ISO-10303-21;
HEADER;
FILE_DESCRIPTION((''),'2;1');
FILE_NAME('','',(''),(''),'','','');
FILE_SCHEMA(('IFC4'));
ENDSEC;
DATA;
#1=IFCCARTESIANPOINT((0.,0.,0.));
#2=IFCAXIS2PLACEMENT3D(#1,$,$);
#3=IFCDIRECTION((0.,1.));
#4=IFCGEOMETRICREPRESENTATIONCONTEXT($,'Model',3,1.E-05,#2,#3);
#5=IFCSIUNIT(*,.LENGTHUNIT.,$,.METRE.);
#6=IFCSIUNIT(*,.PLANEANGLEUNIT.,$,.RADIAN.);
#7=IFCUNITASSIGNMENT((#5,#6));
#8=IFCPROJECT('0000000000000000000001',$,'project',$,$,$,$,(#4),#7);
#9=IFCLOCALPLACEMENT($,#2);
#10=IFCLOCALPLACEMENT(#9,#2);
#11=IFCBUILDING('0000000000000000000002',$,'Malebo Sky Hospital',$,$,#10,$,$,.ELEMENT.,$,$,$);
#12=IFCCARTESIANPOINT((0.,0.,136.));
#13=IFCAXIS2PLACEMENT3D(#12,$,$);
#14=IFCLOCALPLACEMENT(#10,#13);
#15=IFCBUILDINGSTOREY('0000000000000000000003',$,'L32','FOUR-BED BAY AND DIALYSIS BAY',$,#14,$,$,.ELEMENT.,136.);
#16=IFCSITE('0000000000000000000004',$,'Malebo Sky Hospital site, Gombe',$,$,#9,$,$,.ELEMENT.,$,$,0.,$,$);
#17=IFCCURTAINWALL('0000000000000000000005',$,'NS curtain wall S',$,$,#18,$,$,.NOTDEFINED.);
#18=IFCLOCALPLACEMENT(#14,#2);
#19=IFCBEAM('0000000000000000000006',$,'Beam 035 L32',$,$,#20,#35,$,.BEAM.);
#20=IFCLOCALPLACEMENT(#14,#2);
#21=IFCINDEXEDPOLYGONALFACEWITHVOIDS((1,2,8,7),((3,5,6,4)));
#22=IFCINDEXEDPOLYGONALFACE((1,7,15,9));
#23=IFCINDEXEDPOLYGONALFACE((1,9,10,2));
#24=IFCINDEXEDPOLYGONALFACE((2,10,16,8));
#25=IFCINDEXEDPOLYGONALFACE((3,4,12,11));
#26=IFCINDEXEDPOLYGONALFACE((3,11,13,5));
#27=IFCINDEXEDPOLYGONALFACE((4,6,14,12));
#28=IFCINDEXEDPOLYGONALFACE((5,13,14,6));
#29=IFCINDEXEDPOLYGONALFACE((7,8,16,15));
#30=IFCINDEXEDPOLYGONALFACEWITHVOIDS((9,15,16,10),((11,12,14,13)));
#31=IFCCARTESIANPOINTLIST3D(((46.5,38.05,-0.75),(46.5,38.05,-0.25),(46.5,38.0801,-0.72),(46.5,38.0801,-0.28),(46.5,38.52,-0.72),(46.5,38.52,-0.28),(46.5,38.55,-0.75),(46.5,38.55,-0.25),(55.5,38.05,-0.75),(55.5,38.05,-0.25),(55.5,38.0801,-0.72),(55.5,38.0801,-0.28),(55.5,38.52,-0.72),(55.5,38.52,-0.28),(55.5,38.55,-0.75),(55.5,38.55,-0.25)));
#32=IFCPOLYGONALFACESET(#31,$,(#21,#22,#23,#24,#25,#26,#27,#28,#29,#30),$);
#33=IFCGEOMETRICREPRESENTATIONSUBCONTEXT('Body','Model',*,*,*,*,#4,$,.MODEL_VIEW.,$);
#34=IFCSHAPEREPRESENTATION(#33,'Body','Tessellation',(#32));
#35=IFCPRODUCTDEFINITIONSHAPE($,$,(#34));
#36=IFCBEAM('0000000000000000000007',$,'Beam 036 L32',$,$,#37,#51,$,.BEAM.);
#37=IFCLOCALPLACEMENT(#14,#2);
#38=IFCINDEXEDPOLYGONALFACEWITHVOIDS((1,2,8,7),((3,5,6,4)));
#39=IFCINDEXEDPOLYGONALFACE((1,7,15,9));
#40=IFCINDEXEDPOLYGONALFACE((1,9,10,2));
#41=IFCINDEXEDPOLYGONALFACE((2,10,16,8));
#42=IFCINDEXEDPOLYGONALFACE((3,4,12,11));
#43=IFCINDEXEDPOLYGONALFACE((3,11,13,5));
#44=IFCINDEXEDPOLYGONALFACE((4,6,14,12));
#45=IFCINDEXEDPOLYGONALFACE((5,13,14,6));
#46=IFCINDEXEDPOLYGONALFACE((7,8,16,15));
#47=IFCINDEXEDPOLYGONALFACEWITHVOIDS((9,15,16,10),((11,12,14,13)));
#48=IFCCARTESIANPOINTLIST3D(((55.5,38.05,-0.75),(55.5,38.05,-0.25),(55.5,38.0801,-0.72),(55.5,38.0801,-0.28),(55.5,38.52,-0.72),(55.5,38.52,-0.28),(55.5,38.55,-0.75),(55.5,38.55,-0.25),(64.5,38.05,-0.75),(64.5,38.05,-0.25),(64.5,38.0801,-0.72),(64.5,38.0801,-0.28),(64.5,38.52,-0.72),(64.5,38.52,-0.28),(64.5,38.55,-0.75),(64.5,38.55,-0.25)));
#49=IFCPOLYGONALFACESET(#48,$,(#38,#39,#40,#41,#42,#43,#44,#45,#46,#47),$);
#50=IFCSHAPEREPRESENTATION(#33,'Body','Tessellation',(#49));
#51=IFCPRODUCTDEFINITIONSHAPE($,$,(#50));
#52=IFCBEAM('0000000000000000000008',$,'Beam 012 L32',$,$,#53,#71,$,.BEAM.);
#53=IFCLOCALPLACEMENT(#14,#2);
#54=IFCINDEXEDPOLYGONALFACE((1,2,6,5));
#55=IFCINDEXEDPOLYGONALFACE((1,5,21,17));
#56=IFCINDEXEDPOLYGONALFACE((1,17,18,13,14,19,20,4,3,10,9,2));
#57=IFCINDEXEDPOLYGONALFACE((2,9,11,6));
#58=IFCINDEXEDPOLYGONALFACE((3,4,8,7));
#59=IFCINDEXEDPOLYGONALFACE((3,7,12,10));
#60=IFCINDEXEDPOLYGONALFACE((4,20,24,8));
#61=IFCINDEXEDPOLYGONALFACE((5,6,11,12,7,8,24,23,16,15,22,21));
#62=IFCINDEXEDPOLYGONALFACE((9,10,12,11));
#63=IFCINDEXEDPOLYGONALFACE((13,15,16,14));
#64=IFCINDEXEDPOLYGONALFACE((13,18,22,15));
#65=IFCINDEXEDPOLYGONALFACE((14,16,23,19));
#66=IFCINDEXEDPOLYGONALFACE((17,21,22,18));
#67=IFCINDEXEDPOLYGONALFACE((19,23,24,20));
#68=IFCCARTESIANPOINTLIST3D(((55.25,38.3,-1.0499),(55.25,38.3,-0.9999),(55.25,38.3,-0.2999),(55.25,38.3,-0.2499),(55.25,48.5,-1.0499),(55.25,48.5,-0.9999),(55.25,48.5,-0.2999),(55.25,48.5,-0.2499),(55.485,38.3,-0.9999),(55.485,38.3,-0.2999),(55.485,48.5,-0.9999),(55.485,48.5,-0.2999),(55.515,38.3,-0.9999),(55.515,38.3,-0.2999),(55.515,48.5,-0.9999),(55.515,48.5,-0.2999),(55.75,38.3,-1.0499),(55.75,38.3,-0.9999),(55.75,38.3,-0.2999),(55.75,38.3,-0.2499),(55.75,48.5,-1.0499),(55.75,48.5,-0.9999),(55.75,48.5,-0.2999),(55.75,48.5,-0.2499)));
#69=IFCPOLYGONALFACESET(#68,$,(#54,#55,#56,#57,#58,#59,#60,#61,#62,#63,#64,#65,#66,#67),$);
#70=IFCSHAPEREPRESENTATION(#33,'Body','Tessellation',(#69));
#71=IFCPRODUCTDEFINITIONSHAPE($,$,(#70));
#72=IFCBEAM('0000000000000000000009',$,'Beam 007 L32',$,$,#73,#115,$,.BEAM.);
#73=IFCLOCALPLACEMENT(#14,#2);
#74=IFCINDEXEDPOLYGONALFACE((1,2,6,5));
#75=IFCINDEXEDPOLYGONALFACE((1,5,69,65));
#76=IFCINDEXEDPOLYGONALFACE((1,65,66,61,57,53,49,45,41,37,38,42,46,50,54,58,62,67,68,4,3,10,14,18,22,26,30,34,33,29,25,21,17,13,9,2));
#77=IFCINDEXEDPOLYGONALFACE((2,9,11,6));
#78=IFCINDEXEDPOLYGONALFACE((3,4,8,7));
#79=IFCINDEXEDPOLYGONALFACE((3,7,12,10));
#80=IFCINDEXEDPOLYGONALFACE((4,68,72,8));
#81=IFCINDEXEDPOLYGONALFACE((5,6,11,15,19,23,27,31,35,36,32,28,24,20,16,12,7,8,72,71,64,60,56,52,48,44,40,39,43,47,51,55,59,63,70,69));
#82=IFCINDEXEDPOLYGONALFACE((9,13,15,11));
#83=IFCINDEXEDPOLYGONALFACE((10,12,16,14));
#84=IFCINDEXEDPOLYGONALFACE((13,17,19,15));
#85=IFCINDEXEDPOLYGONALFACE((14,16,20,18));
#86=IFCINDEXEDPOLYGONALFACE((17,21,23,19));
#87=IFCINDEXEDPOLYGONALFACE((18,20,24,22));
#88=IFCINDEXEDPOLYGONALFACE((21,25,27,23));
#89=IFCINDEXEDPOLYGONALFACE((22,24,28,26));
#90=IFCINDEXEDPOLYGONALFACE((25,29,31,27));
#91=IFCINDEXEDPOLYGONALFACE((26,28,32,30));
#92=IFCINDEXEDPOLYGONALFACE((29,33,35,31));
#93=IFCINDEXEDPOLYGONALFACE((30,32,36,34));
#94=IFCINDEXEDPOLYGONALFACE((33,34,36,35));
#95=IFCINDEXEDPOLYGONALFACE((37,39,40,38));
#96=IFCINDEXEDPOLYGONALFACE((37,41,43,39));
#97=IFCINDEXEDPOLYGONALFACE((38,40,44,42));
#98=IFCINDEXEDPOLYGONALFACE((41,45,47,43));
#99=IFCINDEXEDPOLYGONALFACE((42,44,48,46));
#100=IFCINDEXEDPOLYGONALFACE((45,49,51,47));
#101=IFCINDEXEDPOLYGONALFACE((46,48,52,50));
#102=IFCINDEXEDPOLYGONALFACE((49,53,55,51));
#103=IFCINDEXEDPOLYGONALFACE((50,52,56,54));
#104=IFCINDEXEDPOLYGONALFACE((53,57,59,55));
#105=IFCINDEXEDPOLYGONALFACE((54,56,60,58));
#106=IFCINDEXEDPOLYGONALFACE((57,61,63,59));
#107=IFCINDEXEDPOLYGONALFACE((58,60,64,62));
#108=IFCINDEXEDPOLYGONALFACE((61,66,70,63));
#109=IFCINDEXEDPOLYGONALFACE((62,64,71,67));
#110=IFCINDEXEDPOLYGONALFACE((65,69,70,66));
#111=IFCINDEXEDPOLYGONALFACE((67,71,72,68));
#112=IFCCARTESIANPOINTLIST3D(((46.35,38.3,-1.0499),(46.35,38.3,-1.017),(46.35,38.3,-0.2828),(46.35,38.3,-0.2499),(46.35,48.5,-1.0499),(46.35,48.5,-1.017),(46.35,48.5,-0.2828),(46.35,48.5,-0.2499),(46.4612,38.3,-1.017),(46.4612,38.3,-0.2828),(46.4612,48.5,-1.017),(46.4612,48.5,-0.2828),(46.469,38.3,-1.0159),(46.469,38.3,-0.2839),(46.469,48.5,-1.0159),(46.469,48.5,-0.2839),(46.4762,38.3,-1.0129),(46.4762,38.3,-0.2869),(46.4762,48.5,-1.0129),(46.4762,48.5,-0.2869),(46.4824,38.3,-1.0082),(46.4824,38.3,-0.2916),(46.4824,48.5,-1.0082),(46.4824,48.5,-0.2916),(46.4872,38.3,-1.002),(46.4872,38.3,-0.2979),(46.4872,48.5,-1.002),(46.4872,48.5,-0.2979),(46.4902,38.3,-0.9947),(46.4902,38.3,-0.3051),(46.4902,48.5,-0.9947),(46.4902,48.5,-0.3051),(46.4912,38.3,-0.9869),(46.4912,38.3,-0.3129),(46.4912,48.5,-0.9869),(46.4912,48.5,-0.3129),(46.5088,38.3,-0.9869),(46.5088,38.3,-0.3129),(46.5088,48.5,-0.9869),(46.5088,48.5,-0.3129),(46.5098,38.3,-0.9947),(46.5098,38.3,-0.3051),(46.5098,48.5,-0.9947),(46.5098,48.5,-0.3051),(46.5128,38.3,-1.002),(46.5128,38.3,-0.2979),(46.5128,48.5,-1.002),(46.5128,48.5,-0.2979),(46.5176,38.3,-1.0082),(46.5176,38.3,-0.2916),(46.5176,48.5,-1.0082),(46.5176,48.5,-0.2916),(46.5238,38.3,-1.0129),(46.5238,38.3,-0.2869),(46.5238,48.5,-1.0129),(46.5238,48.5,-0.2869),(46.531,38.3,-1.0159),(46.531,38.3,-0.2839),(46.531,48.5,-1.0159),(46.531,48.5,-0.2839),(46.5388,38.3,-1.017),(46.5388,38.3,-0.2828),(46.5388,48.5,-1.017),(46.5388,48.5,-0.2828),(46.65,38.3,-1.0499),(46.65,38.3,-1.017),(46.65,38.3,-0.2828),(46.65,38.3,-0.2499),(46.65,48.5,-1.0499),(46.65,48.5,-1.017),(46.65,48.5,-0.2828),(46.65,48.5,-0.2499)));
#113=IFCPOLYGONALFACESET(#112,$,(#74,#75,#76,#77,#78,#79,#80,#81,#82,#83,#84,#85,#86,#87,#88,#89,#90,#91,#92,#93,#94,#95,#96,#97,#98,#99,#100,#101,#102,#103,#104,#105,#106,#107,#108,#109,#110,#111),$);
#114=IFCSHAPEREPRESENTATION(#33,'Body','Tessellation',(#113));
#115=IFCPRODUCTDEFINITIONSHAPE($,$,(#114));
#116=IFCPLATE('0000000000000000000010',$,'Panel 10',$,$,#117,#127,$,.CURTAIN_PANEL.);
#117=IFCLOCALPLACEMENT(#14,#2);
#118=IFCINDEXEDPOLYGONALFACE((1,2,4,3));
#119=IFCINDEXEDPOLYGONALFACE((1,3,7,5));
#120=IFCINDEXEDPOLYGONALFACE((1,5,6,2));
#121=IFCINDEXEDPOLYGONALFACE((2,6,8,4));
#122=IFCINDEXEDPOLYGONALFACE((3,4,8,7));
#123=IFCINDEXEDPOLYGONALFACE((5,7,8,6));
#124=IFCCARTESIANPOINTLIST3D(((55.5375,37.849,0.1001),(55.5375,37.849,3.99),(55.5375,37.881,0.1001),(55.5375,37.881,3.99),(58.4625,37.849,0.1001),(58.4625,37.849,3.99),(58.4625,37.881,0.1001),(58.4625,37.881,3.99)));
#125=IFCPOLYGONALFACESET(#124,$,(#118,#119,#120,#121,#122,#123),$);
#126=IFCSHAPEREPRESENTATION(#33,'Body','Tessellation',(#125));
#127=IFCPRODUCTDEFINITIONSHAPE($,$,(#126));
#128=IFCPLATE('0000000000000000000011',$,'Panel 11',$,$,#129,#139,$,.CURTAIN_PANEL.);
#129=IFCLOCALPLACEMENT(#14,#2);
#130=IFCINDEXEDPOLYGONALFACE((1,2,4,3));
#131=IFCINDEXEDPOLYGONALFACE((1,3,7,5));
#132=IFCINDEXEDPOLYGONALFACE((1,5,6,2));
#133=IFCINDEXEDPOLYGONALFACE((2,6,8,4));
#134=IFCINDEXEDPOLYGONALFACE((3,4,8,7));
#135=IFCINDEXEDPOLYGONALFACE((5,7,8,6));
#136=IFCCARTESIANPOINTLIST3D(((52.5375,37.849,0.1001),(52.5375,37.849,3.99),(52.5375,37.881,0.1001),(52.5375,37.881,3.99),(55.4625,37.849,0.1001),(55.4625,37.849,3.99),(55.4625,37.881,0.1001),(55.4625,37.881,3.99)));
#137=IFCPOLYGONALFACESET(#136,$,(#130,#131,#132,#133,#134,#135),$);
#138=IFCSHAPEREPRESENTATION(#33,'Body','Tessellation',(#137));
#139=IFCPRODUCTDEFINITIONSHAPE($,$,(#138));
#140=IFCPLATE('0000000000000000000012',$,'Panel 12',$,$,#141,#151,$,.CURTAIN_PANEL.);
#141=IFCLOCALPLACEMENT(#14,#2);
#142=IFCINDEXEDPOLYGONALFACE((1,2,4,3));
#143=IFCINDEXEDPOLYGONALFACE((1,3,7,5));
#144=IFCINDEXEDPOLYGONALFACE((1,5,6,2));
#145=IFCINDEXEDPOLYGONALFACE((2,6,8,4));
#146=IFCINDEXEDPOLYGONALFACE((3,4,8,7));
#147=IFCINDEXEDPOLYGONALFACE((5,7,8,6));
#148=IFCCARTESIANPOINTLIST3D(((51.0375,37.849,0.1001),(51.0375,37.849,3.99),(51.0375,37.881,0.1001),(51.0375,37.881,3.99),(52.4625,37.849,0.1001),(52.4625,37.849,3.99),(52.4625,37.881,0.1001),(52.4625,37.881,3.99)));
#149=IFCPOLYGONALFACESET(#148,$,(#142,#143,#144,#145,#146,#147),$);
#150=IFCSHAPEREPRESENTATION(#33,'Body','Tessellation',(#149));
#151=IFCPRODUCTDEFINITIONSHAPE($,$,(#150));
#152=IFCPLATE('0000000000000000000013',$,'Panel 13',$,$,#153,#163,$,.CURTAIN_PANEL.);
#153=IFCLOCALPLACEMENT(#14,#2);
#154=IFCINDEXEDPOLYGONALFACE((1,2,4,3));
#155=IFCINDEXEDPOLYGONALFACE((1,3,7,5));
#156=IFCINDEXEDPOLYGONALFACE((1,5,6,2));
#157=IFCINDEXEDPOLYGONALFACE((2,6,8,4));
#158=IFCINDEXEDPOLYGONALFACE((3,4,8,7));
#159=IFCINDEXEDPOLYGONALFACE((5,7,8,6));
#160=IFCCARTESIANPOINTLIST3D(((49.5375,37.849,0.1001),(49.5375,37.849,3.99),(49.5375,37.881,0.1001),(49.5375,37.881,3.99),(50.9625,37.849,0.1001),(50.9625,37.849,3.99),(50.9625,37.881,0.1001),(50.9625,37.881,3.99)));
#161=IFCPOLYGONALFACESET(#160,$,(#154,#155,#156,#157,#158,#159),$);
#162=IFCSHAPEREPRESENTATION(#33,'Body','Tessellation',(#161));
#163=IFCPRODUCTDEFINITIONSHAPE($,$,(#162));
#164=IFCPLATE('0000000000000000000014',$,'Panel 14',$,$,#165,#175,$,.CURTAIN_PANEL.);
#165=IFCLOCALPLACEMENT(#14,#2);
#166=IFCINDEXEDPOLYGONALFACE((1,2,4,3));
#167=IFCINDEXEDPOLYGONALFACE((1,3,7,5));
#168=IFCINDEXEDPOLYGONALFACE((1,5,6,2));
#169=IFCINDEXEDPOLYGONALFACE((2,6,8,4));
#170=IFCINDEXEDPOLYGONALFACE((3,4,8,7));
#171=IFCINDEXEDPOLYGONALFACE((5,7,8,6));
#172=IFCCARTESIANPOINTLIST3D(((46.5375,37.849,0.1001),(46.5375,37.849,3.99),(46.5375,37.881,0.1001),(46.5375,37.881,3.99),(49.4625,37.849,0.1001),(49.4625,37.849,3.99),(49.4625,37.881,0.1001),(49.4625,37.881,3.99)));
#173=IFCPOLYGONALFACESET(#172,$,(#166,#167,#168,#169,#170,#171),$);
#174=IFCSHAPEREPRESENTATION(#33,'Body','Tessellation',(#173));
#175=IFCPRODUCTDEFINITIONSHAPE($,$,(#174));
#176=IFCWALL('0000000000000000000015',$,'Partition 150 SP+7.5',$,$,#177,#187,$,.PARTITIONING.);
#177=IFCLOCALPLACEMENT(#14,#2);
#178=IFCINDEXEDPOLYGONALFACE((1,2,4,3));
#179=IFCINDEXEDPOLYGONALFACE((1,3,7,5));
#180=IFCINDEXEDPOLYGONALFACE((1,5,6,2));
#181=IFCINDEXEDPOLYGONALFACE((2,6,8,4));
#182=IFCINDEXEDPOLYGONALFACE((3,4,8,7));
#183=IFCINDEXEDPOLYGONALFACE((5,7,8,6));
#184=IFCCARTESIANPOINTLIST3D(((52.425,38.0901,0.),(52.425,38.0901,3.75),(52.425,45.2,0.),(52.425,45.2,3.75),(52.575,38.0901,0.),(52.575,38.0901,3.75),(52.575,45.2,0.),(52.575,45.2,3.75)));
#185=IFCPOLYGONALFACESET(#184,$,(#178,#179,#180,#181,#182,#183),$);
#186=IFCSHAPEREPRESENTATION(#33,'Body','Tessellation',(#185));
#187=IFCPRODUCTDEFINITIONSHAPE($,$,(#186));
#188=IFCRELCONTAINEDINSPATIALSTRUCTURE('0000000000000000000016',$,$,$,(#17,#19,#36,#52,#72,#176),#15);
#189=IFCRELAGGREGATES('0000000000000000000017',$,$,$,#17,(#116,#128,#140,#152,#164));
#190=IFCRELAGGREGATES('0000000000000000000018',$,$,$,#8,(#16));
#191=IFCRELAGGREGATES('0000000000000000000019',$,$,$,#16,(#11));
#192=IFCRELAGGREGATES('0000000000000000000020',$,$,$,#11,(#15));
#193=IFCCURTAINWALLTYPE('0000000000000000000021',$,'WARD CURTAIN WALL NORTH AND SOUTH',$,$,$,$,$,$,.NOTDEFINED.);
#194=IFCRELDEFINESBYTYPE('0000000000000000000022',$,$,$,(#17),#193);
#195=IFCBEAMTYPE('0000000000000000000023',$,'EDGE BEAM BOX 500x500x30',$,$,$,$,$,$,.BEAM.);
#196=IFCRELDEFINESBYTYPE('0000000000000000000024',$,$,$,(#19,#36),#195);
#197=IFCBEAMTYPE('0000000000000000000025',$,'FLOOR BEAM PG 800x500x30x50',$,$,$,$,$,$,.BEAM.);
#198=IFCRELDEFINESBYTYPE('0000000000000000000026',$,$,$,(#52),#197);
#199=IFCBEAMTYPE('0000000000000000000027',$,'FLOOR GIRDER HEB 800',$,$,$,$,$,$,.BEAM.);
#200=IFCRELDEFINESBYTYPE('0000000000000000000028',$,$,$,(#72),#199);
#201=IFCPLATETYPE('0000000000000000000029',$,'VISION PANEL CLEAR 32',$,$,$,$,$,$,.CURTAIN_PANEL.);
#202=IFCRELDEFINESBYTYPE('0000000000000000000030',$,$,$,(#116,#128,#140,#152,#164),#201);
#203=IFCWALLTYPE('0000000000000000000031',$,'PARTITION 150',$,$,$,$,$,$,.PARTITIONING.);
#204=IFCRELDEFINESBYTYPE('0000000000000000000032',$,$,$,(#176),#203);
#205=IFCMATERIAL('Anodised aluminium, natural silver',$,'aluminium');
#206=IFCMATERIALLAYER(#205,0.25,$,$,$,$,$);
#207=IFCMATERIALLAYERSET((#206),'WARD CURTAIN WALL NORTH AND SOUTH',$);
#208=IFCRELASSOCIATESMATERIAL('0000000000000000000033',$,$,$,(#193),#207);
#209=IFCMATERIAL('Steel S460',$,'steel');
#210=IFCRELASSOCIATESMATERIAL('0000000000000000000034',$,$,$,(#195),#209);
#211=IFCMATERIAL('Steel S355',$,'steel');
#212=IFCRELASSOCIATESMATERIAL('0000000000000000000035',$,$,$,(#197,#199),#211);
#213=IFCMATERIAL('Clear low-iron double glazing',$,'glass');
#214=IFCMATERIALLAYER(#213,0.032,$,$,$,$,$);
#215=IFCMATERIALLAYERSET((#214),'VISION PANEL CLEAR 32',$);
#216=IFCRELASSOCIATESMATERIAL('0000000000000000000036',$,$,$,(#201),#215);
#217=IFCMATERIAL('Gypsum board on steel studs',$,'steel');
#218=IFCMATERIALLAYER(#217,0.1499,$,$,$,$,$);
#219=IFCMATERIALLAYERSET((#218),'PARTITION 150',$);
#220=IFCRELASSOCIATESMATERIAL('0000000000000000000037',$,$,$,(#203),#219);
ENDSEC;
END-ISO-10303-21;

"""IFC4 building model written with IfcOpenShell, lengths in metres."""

from ifc_helpers import new_model, si_unit, direction, frame, frame_2d, origin, origin_2d, place, context, subcontext, project, spatial, rectangle, hollow_rectangle, i_section, extrude, material, layer, layer_set, material_profile, profile_set, type_object, element, aggregate, save


model = new_model("IFC4")

# Units and contexts
model_context = context("Model", 3, precision=1e-05, world=origin(), true_north=direction((0.0, 1.0)))
body_context = subcontext(model_context, "Body", "Model", "MODEL_VIEW")
ifc_project = project(units=[si_unit("LENGTHUNIT", "METRE"), si_unit("PLANEANGLEUNIT", "RADIAN")], contexts=[model_context])

# Site, building, storey
site_placement = place(None, origin())
site = spatial("IfcSite", under=ifc_project, at=site_placement, Name="Malebo Sky Hospital site, Gombe", CompositionType="ELEMENT", RefElevation=0.0)
building_placement = place(site_placement, origin())
building = spatial("IfcBuilding", under=site, at=building_placement, Name="Malebo Sky Hospital", CompositionType="ELEMENT")
storey_placement = place(building_placement, frame((0.0, 0.0, 136.0)))
storey = spatial("IfcBuildingStorey", under=building, at=storey_placement, Name="L32", Description="FOUR-BED BAY AND DIALYSIS BAY", CompositionType="ELEMENT", Elevation=136.0)

# Shared definitions
ifc_material_1 = material(Name="Steel S460", Category="steel")

# Curtain wall
ifc_material_2 = material(Name="Anodised aluminium, natural silver", Category="aluminium")
ifc_layer_1 = layer(ifc_material_2, 0.25)
ifc_layer_set_1 = layer_set([ifc_layer_1], Name="WARD CURTAIN WALL NORTH AND SOUTH")
curtain_wall_type = type_object("IfcCurtainWallType", Name="WARD CURTAIN WALL NORTH AND SOUTH", PredefinedType="NOTDEFINED", material=ifc_layer_set_1)
curtain_wall_placement = place(storey_placement, origin())
curtain_wall = element("IfcCurtainWall", 1, at=curtain_wall_placement, inside=storey, type_object=curtain_wall_type, Name="NS curtain wall S", PredefinedType="NOTDEFINED")

# Beams
ifc_material_profile_1 = material_profile(ifc_material_1, hollow_rectangle(XDim=0.5, YDim=0.5, WallThickness=0.03, at=origin_2d()), Name="BOX 500x500x30")
ifc_profile_set_1 = profile_set([ifc_material_profile_1], Name="Steel S460")
beam_type_1 = type_object("IfcBeamType", Name="EDGE BEAM BOX 500x500x30", PredefinedType="BEAM", material=ifc_profile_set_1)
for number, where, z_axis, x_axis, name in (
    (2, (46.5, 38.3, -0.5), (1.0, 0.0, 0.0), (0.0, 1.0, 0.0), "Beam 035 L32"),
    (3, (55.5, 38.3, -0.5), (1.0, 0.0, 0.0), (0.0, 1.0, 0.0), "Beam 036 L32"),
):
    element("IfcBeam", number, at=place(storey_placement, frame(where, z_axis=z_axis, x_axis=x_axis)), inside=storey, type_object=beam_type_1, Name=name, PredefinedType="BEAM", context=body_context, shape_type="SweptSolid", body=[
        extrude(hollow_rectangle(XDim=0.5, YDim=0.5, WallThickness=0.03, at=origin_2d()), origin(), (0.0, 0.0, 1.0), 9.0),
    ])
ifc_material_3 = material(Name="Steel S355", Category="steel")
ifc_material_profile_2 = material_profile(ifc_material_3, i_section(OverallWidth=0.5, OverallDepth=0.8, WebThickness=0.03, FlangeThickness=0.05, at=origin_2d()), Name="PG 800x500x30x50")
ifc_profile_set_2 = profile_set([ifc_material_profile_2], Name="Steel S355")
beam_type_2 = type_object("IfcBeamType", Name="FLOOR BEAM PG 800x500x30x50", PredefinedType="BEAM", material=ifc_profile_set_2)
beam_1_placement = place(storey_placement, frame((55.5, 38.3, -0.6499), z_axis=(0.0, 1.0, 0.0), x_axis=(-1.0, 0.0, 0.0)))
element("IfcBeam", 4, at=beam_1_placement, inside=storey, type_object=beam_type_2, Name="Beam 012 L32", PredefinedType="BEAM", context=body_context, shape_type="SweptSolid", body=[
    extrude(i_section(OverallWidth=0.5, OverallDepth=0.8, WebThickness=0.03, FlangeThickness=0.05, at=origin_2d()), origin(), (0.0, 0.0, 1.0), 10.2),
])
ifc_material_profile_3 = material_profile(ifc_material_3, i_section(OverallWidth=0.3, OverallDepth=0.8, WebThickness=0.0176, FlangeThickness=0.033, FilletRadius=0.03, at=origin_2d()), Name="HEB 800")
ifc_profile_set_3 = profile_set([ifc_material_profile_3], Name="Steel S355")
beam_type_3 = type_object("IfcBeamType", Name="FLOOR GIRDER HEB 800", PredefinedType="BEAM", material=ifc_profile_set_3)
beam_2_placement = place(storey_placement, frame((46.5, 38.3, -0.6499), z_axis=(0.0, 1.0, 0.0), x_axis=(-1.0, 0.0, 0.0)))
element("IfcBeam", 5, at=beam_2_placement, inside=storey, type_object=beam_type_3, Name="Beam 007 L32", PredefinedType="BEAM", context=body_context, shape_type="SweptSolid", body=[
    extrude(i_section(OverallWidth=0.3, OverallDepth=0.8, WebThickness=0.0176, FlangeThickness=0.033, FilletRadius=0.03, at=origin_2d()), origin(), (0.0, 0.0, 1.0), 10.2),
])

# Plates
ifc_material_4 = material(Name="Clear low-iron double glazing", Category="glass")
ifc_layer_2 = layer(ifc_material_4, 0.032)
ifc_layer_set_2 = layer_set([ifc_layer_2], Name="VISION PANEL CLEAR 32")
plate_type = type_object("IfcPlateType", Name="VISION PANEL CLEAR 32", PredefinedType="CURTAIN_PANEL", material=ifc_layer_set_2)
plate_1_placement = place(storey_placement, frame((57.0, 37.865, 0.1001), z_axis=(0.0, 0.0, 1.0), x_axis=(-1.0, 0.0, 0.0)))
plate_1 = element("IfcPlate", 6, at=plate_1_placement, type_object=plate_type, Name="Panel 10", PredefinedType="CURTAIN_PANEL", context=body_context, shape_type="SweptSolid", body=[
    extrude(rectangle(XDim=2.925, YDim=0.032, at=origin_2d()), origin(), (0.0, 0.0, 1.0), 3.8899),
])
plate_2_placement = place(storey_placement, frame((54.0, 37.865, 0.1001), z_axis=(0.0, 0.0, 1.0), x_axis=(-1.0, 0.0, 0.0)))
plate_2 = element("IfcPlate", 7, at=plate_2_placement, type_object=plate_type, Name="Panel 11", PredefinedType="CURTAIN_PANEL", context=body_context, shape_type="SweptSolid", body=[
    extrude(rectangle(XDim=2.925, YDim=0.032, at=origin_2d()), origin(), (0.0, 0.0, 1.0), 3.8899),
])
plate_3_placement = place(storey_placement, frame((51.75, 37.865, 0.1001), z_axis=(0.0, 0.0, 1.0), x_axis=(-1.0, 0.0, 0.0)))
plate_3 = element("IfcPlate", 8, at=plate_3_placement, type_object=plate_type, Name="Panel 12", PredefinedType="CURTAIN_PANEL", context=body_context, shape_type="SweptSolid", body=[
    extrude(rectangle(XDim=1.425, YDim=0.032, at=origin_2d()), origin(), (0.0, 0.0, 1.0), 3.8899),
])
plate_4_placement = place(storey_placement, frame((50.25, 37.865, 0.1001), z_axis=(0.0, 0.0, 1.0), x_axis=(-1.0, 0.0, 0.0)))
plate_4 = element("IfcPlate", 9, at=plate_4_placement, type_object=plate_type, Name="Panel 13", PredefinedType="CURTAIN_PANEL", context=body_context, shape_type="SweptSolid", body=[
    extrude(rectangle(XDim=1.425, YDim=0.032, at=origin_2d()), origin(), (0.0, 0.0, 1.0), 3.8899),
])
plate_5_placement = place(storey_placement, frame((48.0, 37.865, 0.1001), z_axis=(0.0, 0.0, 1.0), x_axis=(-1.0, 0.0, 0.0)))
plate_5 = element("IfcPlate", 10, at=plate_5_placement, type_object=plate_type, Name="Panel 14", PredefinedType="CURTAIN_PANEL", context=body_context, shape_type="SweptSolid", body=[
    extrude(rectangle(XDim=2.925, YDim=0.032, at=origin_2d()), origin(), (0.0, 0.0, 1.0), 3.8899),
])
aggregate(curtain_wall, [plate_1, plate_2, plate_3, plate_4, plate_5])

# Wall
ifc_material_5 = material(Name="Gypsum board on steel studs", Category="steel")
ifc_layer_3 = layer(ifc_material_5, 0.1499)
ifc_layer_set_3 = layer_set([ifc_layer_3], Name="PARTITION 150")
wall_type = type_object("IfcWallType", Name="PARTITION 150", PredefinedType="PARTITIONING", material=ifc_layer_set_3)
wall_1_placement = place(storey_placement, frame((52.5, 45.2, 0.0), z_axis=(0.0, 0.0, 1.0), x_axis=(0.0, -1.0, 0.0)))
element("IfcWall", 11, at=wall_1_placement, inside=storey, type_object=wall_type, Name="Partition 150 SP+7.5", PredefinedType="PARTITIONING", context=body_context, shape_type="SweptSolid", body=[
    extrude(rectangle(XDim=7.1099, YDim=0.1499, at=frame_2d((3.5549, 0.0))), origin(), (0.0, 0.0, 1.0), 3.75),
])

save(model, "model.ifc")
